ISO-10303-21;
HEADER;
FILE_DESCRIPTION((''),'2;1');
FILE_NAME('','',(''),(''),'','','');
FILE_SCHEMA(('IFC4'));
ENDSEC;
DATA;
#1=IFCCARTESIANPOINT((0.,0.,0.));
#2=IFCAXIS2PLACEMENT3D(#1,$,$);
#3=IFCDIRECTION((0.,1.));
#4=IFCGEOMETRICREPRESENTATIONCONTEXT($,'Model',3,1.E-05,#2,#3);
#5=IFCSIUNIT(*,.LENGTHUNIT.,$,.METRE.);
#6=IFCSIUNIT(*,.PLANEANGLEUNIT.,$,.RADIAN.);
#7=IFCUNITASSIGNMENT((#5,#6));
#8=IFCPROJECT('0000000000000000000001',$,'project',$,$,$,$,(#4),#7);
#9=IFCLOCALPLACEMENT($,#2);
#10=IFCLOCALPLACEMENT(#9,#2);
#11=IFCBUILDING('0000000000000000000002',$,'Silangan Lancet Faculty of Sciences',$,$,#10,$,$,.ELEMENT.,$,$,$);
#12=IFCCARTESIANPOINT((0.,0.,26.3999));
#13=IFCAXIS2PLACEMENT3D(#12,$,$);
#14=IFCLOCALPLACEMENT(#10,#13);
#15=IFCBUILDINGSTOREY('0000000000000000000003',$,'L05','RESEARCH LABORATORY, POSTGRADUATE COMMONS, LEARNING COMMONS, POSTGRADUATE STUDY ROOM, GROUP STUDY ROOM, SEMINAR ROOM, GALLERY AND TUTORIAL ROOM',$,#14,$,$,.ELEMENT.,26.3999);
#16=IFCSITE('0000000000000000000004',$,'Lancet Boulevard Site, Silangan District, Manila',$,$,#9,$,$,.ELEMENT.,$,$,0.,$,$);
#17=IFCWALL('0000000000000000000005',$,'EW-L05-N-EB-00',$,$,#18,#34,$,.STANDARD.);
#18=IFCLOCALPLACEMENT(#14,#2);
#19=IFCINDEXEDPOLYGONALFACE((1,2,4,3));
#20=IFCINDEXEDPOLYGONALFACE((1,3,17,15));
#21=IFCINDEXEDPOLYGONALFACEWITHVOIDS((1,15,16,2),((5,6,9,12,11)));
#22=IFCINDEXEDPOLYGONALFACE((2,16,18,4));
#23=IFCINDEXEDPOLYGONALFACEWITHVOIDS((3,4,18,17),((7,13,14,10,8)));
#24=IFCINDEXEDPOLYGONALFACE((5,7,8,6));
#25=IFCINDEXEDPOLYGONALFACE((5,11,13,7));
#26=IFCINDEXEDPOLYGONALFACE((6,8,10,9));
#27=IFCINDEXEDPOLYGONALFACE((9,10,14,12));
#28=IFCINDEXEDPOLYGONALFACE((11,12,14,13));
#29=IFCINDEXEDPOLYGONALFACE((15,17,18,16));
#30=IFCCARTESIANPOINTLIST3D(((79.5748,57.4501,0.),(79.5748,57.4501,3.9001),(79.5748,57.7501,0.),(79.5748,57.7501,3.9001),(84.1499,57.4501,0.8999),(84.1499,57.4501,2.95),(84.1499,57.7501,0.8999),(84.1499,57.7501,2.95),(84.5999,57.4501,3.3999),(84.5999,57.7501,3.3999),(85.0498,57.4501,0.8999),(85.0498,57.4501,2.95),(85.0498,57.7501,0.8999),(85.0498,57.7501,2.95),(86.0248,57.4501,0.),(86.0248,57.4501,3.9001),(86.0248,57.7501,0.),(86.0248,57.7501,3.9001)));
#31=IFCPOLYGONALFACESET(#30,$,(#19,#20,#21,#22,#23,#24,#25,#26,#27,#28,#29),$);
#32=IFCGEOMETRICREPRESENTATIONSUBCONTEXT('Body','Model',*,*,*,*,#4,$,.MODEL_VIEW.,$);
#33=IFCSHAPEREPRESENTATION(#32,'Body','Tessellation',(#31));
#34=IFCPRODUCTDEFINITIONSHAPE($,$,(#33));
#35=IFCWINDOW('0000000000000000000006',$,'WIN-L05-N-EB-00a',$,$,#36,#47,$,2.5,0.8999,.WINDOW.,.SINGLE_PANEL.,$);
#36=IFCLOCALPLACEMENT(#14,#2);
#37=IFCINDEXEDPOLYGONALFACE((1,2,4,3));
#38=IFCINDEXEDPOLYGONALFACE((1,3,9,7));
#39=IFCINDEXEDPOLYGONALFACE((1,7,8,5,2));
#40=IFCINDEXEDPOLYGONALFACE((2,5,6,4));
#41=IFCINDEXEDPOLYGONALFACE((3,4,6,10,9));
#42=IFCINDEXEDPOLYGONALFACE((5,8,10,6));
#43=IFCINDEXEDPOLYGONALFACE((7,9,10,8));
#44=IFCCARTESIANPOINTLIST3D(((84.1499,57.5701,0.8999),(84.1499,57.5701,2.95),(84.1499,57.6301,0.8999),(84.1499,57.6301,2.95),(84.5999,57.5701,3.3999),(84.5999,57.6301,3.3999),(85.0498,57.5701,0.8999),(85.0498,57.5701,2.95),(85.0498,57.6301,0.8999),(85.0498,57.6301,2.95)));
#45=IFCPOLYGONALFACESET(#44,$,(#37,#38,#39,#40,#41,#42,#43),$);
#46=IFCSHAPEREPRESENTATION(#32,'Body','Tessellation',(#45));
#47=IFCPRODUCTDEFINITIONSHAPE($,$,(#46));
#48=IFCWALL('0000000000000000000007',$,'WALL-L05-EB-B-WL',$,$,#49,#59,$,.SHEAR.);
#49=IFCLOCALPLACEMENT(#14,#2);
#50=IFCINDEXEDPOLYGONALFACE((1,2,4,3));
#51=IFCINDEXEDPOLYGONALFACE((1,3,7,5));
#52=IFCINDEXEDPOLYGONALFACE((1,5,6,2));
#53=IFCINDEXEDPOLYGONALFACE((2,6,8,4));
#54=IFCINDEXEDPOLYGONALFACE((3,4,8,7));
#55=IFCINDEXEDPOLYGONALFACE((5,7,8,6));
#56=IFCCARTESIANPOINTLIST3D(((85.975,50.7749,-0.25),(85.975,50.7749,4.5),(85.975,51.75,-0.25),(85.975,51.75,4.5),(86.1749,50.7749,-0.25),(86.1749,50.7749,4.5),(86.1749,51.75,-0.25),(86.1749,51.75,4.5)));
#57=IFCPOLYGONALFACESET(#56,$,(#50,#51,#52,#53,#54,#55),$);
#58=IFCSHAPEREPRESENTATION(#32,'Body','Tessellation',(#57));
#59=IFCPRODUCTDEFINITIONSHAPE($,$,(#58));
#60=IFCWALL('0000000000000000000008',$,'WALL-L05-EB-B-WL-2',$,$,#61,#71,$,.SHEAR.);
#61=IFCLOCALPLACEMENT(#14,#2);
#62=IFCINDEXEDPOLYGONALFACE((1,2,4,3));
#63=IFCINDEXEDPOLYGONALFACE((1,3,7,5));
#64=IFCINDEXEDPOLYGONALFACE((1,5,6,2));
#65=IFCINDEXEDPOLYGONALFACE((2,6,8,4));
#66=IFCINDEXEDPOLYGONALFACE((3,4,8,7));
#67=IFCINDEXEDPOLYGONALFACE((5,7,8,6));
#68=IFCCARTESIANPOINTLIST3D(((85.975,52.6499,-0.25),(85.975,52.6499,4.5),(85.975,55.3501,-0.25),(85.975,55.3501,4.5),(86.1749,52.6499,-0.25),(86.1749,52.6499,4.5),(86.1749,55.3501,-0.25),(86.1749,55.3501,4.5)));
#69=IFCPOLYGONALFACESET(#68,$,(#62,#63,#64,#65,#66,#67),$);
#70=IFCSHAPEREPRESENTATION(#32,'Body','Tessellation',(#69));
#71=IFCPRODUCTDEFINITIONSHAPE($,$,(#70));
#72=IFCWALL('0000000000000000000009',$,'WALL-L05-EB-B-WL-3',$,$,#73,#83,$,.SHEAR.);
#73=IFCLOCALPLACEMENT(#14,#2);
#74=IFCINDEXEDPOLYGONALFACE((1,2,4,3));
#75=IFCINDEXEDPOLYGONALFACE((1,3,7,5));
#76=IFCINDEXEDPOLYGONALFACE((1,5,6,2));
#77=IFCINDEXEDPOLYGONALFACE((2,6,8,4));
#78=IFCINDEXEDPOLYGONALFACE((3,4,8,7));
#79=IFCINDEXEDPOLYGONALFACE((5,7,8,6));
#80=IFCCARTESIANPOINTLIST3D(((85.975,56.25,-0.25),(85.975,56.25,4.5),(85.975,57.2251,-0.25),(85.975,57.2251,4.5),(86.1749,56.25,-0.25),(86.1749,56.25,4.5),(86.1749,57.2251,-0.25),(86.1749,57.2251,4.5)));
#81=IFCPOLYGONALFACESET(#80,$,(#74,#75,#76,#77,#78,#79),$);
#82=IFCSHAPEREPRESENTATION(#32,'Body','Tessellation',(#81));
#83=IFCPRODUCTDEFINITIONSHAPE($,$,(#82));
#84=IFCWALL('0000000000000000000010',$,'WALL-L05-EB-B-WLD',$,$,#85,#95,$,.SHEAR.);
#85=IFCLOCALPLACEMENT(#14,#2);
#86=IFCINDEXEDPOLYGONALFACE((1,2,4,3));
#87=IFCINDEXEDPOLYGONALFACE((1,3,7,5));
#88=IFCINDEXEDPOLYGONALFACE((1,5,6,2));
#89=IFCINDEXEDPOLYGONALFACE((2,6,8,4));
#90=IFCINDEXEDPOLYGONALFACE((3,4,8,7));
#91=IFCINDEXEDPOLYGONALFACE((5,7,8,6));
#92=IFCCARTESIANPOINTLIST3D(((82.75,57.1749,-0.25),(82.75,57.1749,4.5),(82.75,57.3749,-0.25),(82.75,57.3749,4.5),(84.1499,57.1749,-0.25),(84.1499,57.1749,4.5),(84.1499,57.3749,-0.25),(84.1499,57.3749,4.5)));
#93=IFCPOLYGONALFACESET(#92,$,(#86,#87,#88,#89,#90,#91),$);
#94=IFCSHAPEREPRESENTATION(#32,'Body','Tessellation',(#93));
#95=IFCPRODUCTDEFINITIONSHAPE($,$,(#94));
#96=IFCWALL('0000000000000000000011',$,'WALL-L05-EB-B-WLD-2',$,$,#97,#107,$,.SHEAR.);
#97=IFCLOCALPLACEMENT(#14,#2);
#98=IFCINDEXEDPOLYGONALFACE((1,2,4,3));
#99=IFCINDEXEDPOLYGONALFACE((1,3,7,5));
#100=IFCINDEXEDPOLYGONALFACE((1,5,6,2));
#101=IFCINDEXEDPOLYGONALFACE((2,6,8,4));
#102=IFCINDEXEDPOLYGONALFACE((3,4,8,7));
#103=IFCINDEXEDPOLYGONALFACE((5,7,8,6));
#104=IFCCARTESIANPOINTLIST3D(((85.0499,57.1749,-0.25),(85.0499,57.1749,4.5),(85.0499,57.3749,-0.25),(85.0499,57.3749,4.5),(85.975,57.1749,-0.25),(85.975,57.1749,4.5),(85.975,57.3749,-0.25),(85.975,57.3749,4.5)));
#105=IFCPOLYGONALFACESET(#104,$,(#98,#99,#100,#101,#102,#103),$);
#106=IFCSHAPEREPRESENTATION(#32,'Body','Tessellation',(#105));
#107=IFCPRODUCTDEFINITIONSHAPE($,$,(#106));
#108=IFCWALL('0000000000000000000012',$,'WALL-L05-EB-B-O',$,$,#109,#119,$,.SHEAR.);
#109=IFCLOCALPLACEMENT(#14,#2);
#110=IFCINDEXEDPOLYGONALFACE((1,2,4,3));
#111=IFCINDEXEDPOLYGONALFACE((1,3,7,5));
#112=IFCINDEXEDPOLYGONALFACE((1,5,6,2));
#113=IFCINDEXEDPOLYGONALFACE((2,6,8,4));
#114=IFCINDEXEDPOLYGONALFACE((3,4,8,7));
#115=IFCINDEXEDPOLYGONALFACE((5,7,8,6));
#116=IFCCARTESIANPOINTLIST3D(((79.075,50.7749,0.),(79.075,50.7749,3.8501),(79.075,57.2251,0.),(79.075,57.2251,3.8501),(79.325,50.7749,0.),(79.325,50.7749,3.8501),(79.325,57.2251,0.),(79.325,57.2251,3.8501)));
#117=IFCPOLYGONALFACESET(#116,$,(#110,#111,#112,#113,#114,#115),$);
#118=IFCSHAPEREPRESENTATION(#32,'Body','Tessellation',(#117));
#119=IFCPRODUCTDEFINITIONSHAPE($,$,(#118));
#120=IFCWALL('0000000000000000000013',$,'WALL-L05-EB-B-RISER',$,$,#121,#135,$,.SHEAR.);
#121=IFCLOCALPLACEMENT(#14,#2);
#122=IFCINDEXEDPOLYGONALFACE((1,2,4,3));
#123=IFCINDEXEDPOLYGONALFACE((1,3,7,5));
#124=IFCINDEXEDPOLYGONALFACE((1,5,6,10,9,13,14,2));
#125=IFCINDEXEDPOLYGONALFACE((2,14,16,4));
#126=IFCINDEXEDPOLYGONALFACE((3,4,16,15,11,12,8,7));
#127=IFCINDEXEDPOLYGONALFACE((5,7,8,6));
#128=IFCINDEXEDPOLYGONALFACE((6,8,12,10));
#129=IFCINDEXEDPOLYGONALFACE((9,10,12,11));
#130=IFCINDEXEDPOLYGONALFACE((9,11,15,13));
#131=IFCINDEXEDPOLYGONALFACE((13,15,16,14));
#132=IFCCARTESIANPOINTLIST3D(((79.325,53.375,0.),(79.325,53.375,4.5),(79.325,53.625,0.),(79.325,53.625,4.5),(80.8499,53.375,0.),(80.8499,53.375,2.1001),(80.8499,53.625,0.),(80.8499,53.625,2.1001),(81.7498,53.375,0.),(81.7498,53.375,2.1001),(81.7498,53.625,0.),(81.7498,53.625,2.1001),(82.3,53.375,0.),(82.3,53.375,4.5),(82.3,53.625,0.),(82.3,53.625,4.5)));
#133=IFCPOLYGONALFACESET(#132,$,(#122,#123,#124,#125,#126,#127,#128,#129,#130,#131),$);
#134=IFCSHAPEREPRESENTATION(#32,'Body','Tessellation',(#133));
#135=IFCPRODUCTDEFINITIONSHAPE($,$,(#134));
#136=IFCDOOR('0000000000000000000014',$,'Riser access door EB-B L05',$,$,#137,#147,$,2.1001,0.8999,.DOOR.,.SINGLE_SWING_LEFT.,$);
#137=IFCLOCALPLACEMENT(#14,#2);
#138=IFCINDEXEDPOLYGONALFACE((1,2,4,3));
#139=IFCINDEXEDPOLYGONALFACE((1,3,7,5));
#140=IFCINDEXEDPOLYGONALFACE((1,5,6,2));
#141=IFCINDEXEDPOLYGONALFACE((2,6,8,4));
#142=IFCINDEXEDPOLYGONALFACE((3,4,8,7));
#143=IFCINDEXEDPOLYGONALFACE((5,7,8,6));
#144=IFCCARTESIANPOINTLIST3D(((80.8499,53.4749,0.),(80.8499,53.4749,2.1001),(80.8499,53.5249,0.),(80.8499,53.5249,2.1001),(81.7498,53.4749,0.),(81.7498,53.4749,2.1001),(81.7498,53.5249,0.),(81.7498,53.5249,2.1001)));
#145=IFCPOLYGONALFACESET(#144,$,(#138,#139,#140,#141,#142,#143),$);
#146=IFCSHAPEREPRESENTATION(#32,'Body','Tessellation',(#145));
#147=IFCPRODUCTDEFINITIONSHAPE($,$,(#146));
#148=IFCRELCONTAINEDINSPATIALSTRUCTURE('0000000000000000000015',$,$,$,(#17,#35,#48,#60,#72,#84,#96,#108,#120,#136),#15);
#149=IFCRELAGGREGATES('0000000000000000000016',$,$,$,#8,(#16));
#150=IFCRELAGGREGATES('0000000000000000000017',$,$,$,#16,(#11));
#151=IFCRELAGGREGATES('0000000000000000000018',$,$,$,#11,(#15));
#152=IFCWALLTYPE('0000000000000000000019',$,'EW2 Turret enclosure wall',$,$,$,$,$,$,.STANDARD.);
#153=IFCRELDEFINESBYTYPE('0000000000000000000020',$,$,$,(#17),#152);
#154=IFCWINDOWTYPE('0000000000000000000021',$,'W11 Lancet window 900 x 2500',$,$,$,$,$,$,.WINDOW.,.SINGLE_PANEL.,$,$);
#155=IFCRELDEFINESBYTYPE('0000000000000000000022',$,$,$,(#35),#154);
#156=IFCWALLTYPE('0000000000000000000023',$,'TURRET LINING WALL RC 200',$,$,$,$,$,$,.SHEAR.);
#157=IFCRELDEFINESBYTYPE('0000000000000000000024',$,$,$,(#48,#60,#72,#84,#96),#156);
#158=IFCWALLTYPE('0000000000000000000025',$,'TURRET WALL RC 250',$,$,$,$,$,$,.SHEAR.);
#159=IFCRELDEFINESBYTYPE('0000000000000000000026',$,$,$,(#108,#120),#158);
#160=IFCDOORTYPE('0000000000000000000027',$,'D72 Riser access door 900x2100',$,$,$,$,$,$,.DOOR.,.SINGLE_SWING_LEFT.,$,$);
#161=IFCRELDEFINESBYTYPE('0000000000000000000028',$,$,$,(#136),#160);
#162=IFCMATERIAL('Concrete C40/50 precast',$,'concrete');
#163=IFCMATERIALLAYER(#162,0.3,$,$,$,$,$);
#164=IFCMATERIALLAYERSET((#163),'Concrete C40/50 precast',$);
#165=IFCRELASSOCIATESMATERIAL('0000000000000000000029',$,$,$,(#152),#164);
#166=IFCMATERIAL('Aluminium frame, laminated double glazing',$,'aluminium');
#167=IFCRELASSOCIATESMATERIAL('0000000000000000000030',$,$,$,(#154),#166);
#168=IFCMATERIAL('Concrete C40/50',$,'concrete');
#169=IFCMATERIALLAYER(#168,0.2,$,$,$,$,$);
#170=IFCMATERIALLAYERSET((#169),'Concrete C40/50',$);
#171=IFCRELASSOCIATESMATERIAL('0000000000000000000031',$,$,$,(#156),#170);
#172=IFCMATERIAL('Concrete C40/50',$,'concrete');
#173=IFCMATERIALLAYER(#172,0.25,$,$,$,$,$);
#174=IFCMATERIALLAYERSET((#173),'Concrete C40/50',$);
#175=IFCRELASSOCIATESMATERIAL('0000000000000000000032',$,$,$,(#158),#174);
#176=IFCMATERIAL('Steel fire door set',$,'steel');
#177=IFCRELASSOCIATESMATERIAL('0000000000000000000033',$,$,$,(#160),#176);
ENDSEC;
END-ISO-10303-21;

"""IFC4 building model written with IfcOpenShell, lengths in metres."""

from ifc_helpers import new_model, si_unit, direction, frame, frame_2d, origin, place, context, subcontext, project, spatial, polyline, rectangle, outline, extrude, material, layer, layer_set, type_object, element, fill, save


model = new_model("IFC4")

# Units and contexts
model_context = context("Model", 3, precision=1e-05, world=origin(), true_north=direction((0.0, 1.0)))
body_context = subcontext(model_context, "Body", "Model", "MODEL_VIEW")
ifc_project = project(units=[si_unit("LENGTHUNIT", "METRE"), si_unit("PLANEANGLEUNIT", "RADIAN")], contexts=[model_context])

# Site, building, storey
site_placement = place(None, origin())
site = spatial("IfcSite", under=ifc_project, at=site_placement, Name="Lancet Boulevard Site, Silangan District, Manila", CompositionType="ELEMENT", RefElevation=0.0)
building_placement = place(site_placement, origin())
building = spatial("IfcBuilding", under=site, at=building_placement, Name="Silangan Lancet Faculty of Sciences", CompositionType="ELEMENT")
storey_placement = place(building_placement, frame((0.0, 0.0, 26.3999)))
storey = spatial("IfcBuildingStorey", under=building, at=storey_placement, Name="L05", Description="RESEARCH LABORATORY, POSTGRADUATE COMMONS, LEARNING COMMONS, POSTGRADUATE STUDY ROOM, GROUP STUDY ROOM, SEMINAR ROOM, GALLERY AND TUTORIAL ROOM", CompositionType="ELEMENT", Elevation=26.3999)

# Shared definitions
ifc_material_1 = material(Name="Concrete C40/50 precast", Category="concrete")
ifc_layer_1 = layer(ifc_material_1, 0.3)
ifc_layer_set_1 = layer_set([ifc_layer_1], Name="Concrete C40/50 precast")
wall_type_1 = type_object("IfcWallType", Name="EW2 Turret enclosure wall", PredefinedType="STANDARD", material=ifc_layer_set_1)
ifc_material_2 = material(Name="Aluminium frame, laminated double glazing", Category="aluminium")
window_type = type_object("IfcWindowType", Name="W11 Lancet window 900 x 2500", PartitioningType="SINGLE_PANEL", PredefinedType="WINDOW", material=ifc_material_2)

# Wall, opening, window
wall_1_placement = place(storey_placement, frame((86.0249, 57.6001, 0.0), z_axis=(0.0, 0.0, 1.0), x_axis=(-1.0, 0.0, 0.0)))
wall_1 = element("IfcWall", 1, at=wall_1_placement, inside=storey, type_object=wall_type_1, Name="EW-L05-N-EB-00", PredefinedType="STANDARD", context=body_context, shape_type="SweptSolid", body=[
    extrude(rectangle(XDim=6.45, YDim=0.3, at=frame_2d((3.2251, 0.0))), origin(), (0.0, 0.0, 1.0), 3.9001),
])
opening_1_placement = place(wall_1_placement, frame((0.9751, 0.0, 0.8999)))
opening_1 = element("IfcOpeningElement", 2, at=opening_1_placement, cuts=wall_1, PredefinedType="OPENING", context=body_context, shape_type="SweptSolid", body=[
    extrude(outline(polyline([(0.0, 0.0), (0.8999, 0.0), (0.8999, 2.05), (0.45, 2.5), (0.0, 2.05), (0.0, 0.0)])), frame((0.0, 0.1599, 0.0), z_axis=(0.0, -1.0, 0.0), x_axis=(1.0, 0.0, 0.0)), (0.0, 0.0, 1.0), 0.3201),
])
window_1_placement = place(opening_1_placement, origin())
window_1 = element("IfcWindow", 3, at=window_1_placement, inside=storey, type_object=window_type, Name="WIN-L05-N-EB-00a", OverallHeight=2.5, OverallWidth=0.8999, PartitioningType="SINGLE_PANEL", PredefinedType="WINDOW", context=body_context, shape_type="SweptSolid", body=[
    extrude(outline(polyline([(0.0, 0.0), (0.8999, 0.0), (0.8999, 2.05), (0.45, 2.5), (0.0, 2.05), (0.0, 0.0)])), frame((0.0, 0.03, 0.0), z_axis=(0.0, -1.0, 0.0), x_axis=(1.0, 0.0, 0.0)), (0.0, 0.0, 1.0), 0.0601),
])
fill(opening_1, window_1)

# Walls
ifc_material_3 = material(Name="Concrete C40/50", Category="concrete")
ifc_layer_2 = layer(ifc_material_3, 0.2)
ifc_layer_set_2 = layer_set([ifc_layer_2], Name="Concrete C40/50")
wall_type_2 = type_object("IfcWallType", Name="TURRET LINING WALL RC 200", PredefinedType="SHEAR", material=ifc_layer_set_2)
wall_2_placement = place(storey_placement, frame((86.075, 50.7749, -0.25), z_axis=(0.0, 0.0, 1.0), x_axis=(0.0, 1.0, 0.0)))
element("IfcWall", 4, at=wall_2_placement, inside=storey, type_object=wall_type_2, Name="WALL-L05-EB-B-WL", PredefinedType="SHEAR", context=body_context, shape_type="SweptSolid", body=[
    extrude(rectangle(XDim=0.9751, YDim=0.2, at=frame_2d((0.4875, 0.0))), origin(), (0.0, 0.0, 1.0), 4.75),
])
wall_3_placement = place(storey_placement, frame((86.075, 52.6499, -0.25), z_axis=(0.0, 0.0, 1.0), x_axis=(0.0, 1.0, 0.0)))
element("IfcWall", 5, at=wall_3_placement, inside=storey, type_object=wall_type_2, Name="WALL-L05-EB-B-WL-2", PredefinedType="SHEAR", context=body_context, shape_type="SweptSolid", body=[
    extrude(rectangle(XDim=2.7002, YDim=0.2, at=frame_2d((1.3501, 0.0))), origin(), (0.0, 0.0, 1.0), 4.75),
])
wall_4_placement = place(storey_placement, frame((86.075, 56.25, -0.25), z_axis=(0.0, 0.0, 1.0), x_axis=(0.0, 1.0, 0.0)))
element("IfcWall", 6, at=wall_4_placement, inside=storey, type_object=wall_type_2, Name="WALL-L05-EB-B-WL-3", PredefinedType="SHEAR", context=body_context, shape_type="SweptSolid", body=[
    extrude(rectangle(XDim=0.9751, YDim=0.2, at=frame_2d((0.4875, 0.0))), origin(), (0.0, 0.0, 1.0), 4.75),
])
wall_5_placement = place(storey_placement, frame((82.75, 57.2749, -0.25), z_axis=(0.0, 0.0, 1.0), x_axis=(1.0, 0.0, 0.0)))
element("IfcWall", 7, at=wall_5_placement, inside=storey, type_object=wall_type_2, Name="WALL-L05-EB-B-WLD", PredefinedType="SHEAR", context=body_context, shape_type="SweptSolid", body=[
    extrude(rectangle(XDim=1.3999, YDim=0.2, at=frame_2d((0.7, 0.0))), origin(), (0.0, 0.0, 1.0), 4.75),
])
wall_6_placement = place(storey_placement, frame((85.05, 57.2749, -0.25), z_axis=(0.0, 0.0, 1.0), x_axis=(1.0, 0.0, 0.0)))
element("IfcWall", 8, at=wall_6_placement, inside=storey, type_object=wall_type_2, Name="WALL-L05-EB-B-WLD-2", PredefinedType="SHEAR", context=body_context, shape_type="SweptSolid", body=[
    extrude(rectangle(XDim=0.925, YDim=0.2, at=frame_2d((0.4624, 0.0))), origin(), (0.0, 0.0, 1.0), 4.75),
])
ifc_material_4 = material(Name="Concrete C40/50", Category="concrete")
ifc_layer_3 = layer(ifc_material_4, 0.25)
ifc_layer_set_3 = layer_set([ifc_layer_3], Name="Concrete C40/50")
wall_type_3 = type_object("IfcWallType", Name="TURRET WALL RC 250", PredefinedType="SHEAR", material=ifc_layer_set_3)
wall_7_placement = place(storey_placement, frame((79.2, 50.7749, 0.0), z_axis=(0.0, 0.0, 1.0), x_axis=(0.0, 1.0, 0.0)))
element("IfcWall", 9, at=wall_7_placement, inside=storey, type_object=wall_type_3, Name="WALL-L05-EB-B-O", PredefinedType="SHEAR", context=body_context, shape_type="SweptSolid", body=[
    extrude(rectangle(XDim=6.4502, YDim=0.25, at=frame_2d((3.2251, 0.0))), origin(), (0.0, 0.0, 1.0), 3.8501),
])

# Wall, opening, door
wall_8_placement = place(storey_placement, frame((79.325, 53.5, 0.0), z_axis=(0.0, 0.0, 1.0), x_axis=(1.0, 0.0, 0.0)))
wall_8 = element("IfcWall", 10, at=wall_8_placement, inside=storey, type_object=wall_type_3, Name="WALL-L05-EB-B-RISER", PredefinedType="SHEAR", context=body_context, shape_type="SweptSolid", body=[
    extrude(rectangle(XDim=2.9751, YDim=0.25, at=frame_2d((1.4875, 0.0))), origin(), (0.0, 0.0, 1.0), 4.5),
])
opening_2_placement = place(wall_8_placement, frame((1.5249, 0.0, 0.0)))
opening_2 = element("IfcOpeningElement", 11, at=opening_2_placement, cuts=wall_8, PredefinedType="OPENING", context=body_context, shape_type="SweptSolid", body=[
    extrude(rectangle(XDim=0.8999, YDim=2.1001, at=frame_2d((0.45, 1.05))), frame((0.0, 0.135, 0.0), z_axis=(0.0, -1.0, 0.0), x_axis=(1.0, 0.0, 0.0)), (0.0, 0.0, 1.0), 0.27),
])
ifc_material_5 = material(Name="Steel fire door set", Category="steel")
door_type = type_object("IfcDoorType", Name="D72 Riser access door 900x2100", OperationType="SINGLE_SWING_LEFT", PredefinedType="DOOR", material=ifc_material_5)
door_placement = place(opening_2_placement, origin())
door = element("IfcDoor", 12, at=door_placement, inside=storey, type_object=door_type, Name="Riser access door EB-B L05", OperationType="SINGLE_SWING_LEFT", OverallHeight=2.1001, OverallWidth=0.8999, PredefinedType="DOOR", context=body_context, shape_type="SweptSolid", body=[
    extrude(rectangle(XDim=0.8999, YDim=2.1001, at=frame_2d((0.45, 1.05))), frame((0.0, 0.0249, 0.0), z_axis=(0.0, -1.0, 0.0), x_axis=(1.0, 0.0, 0.0)), (0.0, 0.0, 1.0), 0.05),
])
fill(opening_2, door)

save(model, "model.ifc")
